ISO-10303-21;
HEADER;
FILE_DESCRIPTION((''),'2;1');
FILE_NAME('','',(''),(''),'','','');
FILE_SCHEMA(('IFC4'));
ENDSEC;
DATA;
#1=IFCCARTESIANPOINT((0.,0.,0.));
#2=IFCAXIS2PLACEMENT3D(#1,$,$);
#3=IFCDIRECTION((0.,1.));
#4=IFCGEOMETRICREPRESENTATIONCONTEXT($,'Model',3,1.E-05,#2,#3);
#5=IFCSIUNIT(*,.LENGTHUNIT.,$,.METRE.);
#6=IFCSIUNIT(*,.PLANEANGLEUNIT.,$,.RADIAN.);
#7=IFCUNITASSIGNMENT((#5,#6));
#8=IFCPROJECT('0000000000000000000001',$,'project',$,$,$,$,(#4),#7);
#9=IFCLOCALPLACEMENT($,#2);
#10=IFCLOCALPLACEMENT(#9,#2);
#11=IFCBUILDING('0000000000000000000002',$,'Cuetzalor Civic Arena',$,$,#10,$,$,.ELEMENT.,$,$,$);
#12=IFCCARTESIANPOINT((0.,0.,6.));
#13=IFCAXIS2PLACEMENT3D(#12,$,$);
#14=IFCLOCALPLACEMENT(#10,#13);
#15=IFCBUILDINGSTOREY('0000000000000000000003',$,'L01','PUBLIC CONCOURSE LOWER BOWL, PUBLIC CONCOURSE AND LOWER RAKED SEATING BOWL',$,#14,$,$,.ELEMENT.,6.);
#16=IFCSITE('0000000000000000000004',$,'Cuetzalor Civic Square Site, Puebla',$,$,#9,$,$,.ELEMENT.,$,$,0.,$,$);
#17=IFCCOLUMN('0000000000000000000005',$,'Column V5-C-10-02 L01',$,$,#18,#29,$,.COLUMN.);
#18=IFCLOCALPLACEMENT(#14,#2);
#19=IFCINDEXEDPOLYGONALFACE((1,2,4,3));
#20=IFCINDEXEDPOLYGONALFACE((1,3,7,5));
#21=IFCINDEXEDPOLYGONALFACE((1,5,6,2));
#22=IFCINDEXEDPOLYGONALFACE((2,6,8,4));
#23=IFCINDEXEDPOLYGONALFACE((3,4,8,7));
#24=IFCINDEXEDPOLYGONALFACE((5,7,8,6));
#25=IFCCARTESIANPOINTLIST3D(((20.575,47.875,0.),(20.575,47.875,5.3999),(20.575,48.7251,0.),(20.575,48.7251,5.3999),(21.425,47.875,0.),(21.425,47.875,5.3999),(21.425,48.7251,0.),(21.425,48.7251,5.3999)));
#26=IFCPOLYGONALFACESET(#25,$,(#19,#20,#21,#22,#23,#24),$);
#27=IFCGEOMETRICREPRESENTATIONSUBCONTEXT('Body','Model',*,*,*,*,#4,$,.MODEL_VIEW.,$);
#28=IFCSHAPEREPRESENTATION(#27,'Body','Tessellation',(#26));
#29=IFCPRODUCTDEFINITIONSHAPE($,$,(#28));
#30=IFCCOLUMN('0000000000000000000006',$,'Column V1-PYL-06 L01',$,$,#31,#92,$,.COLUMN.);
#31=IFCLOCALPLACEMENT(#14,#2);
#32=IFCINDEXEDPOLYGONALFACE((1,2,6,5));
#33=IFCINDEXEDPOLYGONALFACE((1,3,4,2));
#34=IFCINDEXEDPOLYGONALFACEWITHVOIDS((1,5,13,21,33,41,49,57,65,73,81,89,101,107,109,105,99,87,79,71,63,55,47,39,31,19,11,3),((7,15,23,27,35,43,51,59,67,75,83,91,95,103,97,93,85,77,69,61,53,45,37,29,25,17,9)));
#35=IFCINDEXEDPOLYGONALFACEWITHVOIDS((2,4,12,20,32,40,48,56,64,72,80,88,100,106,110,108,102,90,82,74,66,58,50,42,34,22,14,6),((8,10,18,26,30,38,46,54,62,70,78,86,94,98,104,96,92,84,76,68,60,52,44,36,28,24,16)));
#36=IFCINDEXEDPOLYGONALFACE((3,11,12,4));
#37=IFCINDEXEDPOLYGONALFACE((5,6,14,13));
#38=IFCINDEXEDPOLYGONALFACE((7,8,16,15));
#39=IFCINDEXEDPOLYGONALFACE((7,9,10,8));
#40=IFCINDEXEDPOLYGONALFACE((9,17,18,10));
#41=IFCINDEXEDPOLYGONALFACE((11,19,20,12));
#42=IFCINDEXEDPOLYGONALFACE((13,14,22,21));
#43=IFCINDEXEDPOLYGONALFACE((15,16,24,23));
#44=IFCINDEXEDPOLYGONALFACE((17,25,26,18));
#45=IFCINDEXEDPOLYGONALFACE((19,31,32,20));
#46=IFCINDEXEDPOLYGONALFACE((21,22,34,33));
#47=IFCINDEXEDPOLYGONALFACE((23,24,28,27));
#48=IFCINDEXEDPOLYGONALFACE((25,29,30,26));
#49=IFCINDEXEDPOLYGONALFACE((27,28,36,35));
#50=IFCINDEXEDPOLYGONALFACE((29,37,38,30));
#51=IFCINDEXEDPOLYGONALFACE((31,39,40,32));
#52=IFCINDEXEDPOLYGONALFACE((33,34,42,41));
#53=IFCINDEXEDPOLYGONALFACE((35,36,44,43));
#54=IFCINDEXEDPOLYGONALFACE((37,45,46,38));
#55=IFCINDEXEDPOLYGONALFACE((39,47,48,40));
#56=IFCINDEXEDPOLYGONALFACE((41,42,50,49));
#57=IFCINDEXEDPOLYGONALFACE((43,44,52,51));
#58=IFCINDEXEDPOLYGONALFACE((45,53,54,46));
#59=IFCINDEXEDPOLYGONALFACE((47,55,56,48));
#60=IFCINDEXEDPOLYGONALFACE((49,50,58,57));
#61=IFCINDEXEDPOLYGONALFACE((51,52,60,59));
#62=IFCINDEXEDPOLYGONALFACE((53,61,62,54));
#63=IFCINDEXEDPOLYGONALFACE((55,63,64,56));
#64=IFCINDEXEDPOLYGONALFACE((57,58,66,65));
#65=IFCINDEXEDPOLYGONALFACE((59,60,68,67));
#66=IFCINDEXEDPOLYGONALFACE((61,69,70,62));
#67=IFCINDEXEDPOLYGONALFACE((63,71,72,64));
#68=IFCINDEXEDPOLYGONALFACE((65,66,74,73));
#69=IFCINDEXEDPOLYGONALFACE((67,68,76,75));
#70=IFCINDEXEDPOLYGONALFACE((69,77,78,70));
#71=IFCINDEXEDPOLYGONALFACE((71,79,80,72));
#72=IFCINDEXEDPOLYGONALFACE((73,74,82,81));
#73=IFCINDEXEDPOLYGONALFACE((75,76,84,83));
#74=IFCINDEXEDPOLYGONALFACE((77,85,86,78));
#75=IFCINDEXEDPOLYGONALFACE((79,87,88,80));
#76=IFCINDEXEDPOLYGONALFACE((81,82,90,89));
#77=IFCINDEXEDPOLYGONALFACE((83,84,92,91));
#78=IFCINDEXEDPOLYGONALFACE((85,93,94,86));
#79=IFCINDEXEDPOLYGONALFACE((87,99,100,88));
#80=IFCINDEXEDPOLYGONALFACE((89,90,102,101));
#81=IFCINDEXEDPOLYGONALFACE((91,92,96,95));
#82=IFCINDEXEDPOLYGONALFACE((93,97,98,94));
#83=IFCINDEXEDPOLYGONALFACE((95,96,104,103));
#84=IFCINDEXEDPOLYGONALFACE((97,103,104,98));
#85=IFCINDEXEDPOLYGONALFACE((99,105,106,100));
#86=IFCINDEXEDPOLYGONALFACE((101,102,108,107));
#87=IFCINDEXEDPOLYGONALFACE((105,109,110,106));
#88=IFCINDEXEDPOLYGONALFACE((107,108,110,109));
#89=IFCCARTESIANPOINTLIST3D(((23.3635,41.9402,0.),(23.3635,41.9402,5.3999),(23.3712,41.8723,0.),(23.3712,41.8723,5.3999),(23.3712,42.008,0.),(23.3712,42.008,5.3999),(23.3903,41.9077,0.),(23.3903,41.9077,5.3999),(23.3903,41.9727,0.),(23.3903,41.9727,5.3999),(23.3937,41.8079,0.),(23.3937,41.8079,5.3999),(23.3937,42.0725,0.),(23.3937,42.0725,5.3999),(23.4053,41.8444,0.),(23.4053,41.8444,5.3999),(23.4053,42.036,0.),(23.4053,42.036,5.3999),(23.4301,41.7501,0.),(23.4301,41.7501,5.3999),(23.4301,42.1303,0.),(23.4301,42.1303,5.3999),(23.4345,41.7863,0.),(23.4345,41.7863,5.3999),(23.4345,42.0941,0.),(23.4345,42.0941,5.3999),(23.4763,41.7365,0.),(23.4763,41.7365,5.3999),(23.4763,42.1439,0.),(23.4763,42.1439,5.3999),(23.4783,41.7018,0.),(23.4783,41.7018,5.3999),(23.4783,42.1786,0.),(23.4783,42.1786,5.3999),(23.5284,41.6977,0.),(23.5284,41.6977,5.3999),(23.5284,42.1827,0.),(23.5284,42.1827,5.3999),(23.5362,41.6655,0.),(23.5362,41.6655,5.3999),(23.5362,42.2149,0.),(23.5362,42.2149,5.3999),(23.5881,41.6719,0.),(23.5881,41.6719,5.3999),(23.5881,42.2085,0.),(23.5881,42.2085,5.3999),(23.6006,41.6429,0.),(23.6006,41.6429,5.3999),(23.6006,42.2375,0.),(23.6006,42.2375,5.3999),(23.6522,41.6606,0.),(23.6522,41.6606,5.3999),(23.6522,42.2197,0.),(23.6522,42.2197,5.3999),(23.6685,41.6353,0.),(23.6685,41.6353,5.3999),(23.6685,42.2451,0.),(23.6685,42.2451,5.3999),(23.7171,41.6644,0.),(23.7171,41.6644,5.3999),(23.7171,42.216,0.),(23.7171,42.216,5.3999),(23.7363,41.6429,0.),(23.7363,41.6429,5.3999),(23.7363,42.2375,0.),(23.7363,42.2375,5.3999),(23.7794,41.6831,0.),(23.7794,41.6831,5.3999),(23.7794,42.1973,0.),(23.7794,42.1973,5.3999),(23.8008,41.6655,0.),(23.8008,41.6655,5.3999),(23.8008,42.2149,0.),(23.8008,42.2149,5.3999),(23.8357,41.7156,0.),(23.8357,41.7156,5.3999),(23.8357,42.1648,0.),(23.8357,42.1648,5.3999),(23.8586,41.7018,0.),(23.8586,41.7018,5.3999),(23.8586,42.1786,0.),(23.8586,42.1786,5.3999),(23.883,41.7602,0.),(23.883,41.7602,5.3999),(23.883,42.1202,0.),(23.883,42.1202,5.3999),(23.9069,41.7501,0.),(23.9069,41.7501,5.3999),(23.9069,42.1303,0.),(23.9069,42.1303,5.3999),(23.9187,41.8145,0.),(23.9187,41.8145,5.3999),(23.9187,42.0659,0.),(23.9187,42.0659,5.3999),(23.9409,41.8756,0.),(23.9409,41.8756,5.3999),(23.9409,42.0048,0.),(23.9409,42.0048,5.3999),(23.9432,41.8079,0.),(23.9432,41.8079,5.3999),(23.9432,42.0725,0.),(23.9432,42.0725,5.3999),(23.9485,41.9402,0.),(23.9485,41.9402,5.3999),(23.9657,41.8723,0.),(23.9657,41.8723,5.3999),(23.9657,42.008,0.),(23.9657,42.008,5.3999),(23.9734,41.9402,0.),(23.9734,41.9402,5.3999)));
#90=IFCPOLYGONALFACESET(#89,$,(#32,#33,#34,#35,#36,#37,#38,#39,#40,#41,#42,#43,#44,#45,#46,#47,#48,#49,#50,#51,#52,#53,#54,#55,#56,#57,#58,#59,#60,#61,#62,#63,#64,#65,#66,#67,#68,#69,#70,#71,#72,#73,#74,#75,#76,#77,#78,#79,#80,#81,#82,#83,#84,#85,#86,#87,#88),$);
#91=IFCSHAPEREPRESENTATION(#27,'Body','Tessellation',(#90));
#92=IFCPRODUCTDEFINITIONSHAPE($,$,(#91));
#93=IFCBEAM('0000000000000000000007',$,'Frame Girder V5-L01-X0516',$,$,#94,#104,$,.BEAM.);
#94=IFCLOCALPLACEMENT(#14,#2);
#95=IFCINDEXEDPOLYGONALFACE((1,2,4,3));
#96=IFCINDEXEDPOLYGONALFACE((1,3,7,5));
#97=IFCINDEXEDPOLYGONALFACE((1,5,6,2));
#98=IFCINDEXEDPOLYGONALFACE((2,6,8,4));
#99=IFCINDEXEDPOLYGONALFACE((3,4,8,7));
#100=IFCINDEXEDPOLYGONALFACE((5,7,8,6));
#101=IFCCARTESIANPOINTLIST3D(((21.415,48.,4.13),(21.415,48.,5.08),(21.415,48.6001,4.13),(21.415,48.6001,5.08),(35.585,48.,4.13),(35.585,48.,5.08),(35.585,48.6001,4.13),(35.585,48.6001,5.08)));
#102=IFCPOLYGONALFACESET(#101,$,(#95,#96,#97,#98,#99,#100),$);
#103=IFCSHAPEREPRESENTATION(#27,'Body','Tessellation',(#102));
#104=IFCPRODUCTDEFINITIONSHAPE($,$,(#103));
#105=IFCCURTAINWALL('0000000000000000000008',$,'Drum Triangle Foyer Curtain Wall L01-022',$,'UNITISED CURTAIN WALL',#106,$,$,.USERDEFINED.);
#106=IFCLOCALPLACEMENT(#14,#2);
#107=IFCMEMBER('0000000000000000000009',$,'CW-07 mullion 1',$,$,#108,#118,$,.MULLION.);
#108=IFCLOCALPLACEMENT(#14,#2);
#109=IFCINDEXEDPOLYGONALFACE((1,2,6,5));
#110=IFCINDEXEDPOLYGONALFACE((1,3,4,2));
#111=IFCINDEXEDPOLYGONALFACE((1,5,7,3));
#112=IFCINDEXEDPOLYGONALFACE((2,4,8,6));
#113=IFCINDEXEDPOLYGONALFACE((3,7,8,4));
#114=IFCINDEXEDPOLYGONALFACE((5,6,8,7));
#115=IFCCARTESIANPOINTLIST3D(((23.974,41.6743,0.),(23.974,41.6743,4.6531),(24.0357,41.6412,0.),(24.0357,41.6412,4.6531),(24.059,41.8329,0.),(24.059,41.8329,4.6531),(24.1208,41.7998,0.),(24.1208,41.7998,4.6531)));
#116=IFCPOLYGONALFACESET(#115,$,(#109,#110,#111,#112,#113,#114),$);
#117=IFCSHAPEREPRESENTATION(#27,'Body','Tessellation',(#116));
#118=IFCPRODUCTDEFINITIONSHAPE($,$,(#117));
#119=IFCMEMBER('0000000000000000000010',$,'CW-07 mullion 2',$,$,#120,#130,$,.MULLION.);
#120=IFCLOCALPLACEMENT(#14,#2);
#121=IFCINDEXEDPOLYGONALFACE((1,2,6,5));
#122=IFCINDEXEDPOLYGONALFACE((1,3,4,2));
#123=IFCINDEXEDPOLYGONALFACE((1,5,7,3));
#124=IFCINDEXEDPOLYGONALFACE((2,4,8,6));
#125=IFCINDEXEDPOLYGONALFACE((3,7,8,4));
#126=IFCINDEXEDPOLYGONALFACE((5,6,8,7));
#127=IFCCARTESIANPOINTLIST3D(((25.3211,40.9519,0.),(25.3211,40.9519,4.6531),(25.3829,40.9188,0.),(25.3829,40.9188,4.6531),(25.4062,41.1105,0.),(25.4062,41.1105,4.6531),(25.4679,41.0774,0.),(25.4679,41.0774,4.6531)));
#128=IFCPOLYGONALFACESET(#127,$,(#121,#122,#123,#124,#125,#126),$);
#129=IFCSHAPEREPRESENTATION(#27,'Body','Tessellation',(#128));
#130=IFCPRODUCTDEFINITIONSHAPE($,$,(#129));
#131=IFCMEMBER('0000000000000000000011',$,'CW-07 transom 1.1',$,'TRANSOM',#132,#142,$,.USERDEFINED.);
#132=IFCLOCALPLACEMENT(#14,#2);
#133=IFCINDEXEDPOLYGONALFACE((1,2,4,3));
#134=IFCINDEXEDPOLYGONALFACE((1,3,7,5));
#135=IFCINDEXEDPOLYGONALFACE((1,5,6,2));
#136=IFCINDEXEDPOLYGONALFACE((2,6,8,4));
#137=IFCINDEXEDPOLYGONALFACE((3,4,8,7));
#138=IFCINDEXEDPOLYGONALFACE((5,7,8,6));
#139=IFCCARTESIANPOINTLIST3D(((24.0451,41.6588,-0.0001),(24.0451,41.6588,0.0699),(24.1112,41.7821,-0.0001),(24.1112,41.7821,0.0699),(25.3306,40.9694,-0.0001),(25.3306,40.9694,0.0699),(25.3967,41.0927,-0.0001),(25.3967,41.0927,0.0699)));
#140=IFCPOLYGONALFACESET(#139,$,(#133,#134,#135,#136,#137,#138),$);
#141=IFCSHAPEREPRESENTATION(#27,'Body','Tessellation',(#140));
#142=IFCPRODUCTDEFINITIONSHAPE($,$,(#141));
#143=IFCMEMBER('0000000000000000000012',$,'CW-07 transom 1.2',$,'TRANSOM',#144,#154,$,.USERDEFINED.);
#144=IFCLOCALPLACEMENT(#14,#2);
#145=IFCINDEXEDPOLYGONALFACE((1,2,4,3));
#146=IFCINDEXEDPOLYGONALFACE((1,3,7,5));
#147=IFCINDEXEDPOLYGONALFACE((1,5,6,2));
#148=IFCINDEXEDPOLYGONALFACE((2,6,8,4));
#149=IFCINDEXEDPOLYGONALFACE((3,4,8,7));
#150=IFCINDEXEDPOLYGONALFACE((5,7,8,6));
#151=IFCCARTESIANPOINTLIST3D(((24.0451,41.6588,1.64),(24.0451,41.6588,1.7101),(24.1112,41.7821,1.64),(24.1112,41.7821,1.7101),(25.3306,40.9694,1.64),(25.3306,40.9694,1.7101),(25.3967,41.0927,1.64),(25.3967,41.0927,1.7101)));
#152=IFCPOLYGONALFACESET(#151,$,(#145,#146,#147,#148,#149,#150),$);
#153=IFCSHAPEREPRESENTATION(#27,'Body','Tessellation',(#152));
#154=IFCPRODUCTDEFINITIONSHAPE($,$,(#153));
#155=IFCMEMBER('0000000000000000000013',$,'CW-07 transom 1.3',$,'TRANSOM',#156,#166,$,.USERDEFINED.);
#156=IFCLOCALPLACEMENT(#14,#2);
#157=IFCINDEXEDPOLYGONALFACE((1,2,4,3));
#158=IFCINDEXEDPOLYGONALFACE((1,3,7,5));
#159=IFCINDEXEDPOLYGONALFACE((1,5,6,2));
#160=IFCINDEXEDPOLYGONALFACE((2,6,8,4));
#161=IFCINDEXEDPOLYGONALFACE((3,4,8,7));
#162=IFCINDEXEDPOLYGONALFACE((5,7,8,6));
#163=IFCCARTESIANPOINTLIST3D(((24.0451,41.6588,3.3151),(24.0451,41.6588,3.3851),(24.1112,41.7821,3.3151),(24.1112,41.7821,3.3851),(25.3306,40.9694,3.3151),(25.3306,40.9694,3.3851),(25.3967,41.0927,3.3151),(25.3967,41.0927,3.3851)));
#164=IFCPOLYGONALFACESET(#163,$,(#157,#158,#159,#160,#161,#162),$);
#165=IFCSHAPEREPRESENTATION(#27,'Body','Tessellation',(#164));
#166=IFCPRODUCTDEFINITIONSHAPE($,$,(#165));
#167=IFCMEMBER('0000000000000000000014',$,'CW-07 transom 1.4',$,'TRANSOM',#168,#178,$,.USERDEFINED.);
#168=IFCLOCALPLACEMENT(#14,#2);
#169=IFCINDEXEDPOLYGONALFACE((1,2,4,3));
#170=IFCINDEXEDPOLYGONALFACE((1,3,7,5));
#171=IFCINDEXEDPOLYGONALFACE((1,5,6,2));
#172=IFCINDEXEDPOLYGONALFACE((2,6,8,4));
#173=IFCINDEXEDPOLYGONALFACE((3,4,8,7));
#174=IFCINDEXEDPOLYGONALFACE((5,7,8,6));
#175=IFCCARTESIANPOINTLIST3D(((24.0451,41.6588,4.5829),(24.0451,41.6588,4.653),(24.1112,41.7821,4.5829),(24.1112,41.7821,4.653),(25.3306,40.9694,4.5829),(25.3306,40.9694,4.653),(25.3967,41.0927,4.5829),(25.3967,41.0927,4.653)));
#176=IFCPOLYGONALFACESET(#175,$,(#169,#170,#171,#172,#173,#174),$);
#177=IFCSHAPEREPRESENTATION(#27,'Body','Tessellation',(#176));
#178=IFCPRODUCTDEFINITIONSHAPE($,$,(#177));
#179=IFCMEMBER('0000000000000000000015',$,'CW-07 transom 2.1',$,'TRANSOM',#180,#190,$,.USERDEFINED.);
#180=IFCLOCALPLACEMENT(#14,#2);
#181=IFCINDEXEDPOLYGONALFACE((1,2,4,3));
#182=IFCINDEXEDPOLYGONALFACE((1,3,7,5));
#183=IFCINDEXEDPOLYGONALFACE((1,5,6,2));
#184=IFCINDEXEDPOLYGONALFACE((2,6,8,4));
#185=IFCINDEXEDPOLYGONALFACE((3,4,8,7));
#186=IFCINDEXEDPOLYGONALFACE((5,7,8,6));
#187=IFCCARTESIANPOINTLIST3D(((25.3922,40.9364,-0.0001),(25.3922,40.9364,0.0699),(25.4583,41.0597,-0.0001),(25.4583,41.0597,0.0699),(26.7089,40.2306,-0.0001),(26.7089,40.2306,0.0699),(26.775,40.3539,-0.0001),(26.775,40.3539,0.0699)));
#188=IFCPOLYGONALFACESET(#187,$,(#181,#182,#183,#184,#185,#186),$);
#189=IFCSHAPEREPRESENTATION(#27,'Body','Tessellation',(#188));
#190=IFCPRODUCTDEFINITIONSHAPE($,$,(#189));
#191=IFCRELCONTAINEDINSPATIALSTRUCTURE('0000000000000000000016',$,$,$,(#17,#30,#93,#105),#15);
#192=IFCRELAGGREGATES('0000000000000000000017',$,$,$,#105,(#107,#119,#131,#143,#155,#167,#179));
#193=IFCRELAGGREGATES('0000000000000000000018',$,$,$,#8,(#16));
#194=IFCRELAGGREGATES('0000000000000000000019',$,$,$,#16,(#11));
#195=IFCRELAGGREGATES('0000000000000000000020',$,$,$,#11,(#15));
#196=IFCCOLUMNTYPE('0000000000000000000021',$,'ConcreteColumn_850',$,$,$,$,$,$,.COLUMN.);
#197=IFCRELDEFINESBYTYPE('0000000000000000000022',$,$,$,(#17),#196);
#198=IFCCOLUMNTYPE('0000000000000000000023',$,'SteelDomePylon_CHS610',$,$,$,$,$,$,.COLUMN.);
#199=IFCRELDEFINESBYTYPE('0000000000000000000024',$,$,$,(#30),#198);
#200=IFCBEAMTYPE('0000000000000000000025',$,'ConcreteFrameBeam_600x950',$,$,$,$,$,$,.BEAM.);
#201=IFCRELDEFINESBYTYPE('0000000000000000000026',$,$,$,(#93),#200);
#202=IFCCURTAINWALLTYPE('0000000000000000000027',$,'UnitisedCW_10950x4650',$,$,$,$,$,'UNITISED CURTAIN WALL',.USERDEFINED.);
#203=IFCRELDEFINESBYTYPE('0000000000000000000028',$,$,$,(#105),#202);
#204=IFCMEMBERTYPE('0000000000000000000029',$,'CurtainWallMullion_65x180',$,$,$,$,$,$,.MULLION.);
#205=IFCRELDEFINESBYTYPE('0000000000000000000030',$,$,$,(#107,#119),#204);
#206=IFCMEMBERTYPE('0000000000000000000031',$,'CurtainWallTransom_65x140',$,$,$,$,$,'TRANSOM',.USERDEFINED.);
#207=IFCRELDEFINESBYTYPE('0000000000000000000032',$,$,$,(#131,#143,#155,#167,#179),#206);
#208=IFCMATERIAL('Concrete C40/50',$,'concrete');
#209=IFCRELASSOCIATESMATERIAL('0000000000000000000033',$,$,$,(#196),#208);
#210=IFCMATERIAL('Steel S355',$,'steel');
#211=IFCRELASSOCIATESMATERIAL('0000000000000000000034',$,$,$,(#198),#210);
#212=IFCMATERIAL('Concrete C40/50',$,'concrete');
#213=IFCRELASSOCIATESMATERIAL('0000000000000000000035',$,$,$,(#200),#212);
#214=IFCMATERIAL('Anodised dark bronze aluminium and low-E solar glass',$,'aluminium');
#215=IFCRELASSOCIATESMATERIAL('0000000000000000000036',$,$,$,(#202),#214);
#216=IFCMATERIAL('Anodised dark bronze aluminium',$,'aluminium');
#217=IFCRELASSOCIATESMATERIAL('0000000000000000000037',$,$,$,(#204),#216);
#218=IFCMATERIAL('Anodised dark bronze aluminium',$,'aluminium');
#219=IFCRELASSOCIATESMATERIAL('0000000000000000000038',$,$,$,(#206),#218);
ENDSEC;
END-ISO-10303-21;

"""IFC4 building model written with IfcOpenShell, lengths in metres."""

from ifc_helpers import new_model, si_unit, direction, frame, origin, origin_2d, place, context, subcontext, project, spatial, rectangle, hollow_circle, extrude, material, material_profile, profile_set, type_object, element, aggregate, save


model = new_model("IFC4")

# Units and contexts
model_context = context("Model", 3, precision=1e-05, world=origin(), true_north=direction((0.0, 1.0)))
body_context = subcontext(model_context, "Body", "Model", "MODEL_VIEW")
ifc_project = project(units=[si_unit("LENGTHUNIT", "METRE"), si_unit("PLANEANGLEUNIT", "RADIAN")], contexts=[model_context])

# Site, building, storey
site_placement = place(None, origin())
site = spatial("IfcSite", under=ifc_project, at=site_placement, Name="Cuetzalor Civic Square Site, Puebla", CompositionType="ELEMENT", RefElevation=0.0)
building_placement = place(site_placement, origin())
building = spatial("IfcBuilding", under=site, at=building_placement, Name="Cuetzalor Civic Arena", CompositionType="ELEMENT")
storey_placement = place(building_placement, frame((0.0, 0.0, 6.0)))
storey = spatial("IfcBuildingStorey", under=building, at=storey_placement, Name="L01", Description="PUBLIC CONCOURSE LOWER BOWL, PUBLIC CONCOURSE AND LOWER RAKED SEATING BOWL", CompositionType="ELEMENT", Elevation=6.0)

# Columns
ifc_material_1 = material(Name="Concrete C40/50", Category="concrete")
ifc_material_profile_1 = material_profile(ifc_material_1, rectangle(XDim=0.8501, YDim=0.8501, at=origin_2d()), Name="RC 850x850")
ifc_profile_set_1 = profile_set([ifc_material_profile_1], Name="Concrete C40/50")
column_type_1 = type_object("IfcColumnType", Name="ConcreteColumn_850", PredefinedType="COLUMN", material=ifc_profile_set_1)
column_1_placement = place(storey_placement, frame((21.0, 48.3, 0.0), z_axis=(0.0, 0.0, 1.0), x_axis=(1.0, 0.0, 0.0)))
element("IfcColumn", 1, at=column_1_placement, inside=storey, type_object=column_type_1, Name="Column V5-C-10-02 L01", PredefinedType="COLUMN", context=body_context, shape_type="SweptSolid", body=[
    extrude(rectangle(XDim=0.8501, YDim=0.8501, at=origin_2d()), origin(), (0.0, 0.0, 1.0), 5.3999),
])
ifc_material_2 = material(Name="Steel S355", Category="steel")
ifc_material_profile_2 = material_profile(ifc_material_2, hollow_circle(Radius=0.3049, WallThickness=0.0249, at=origin_2d()), Name="CHS 610x25")
ifc_profile_set_2 = profile_set([ifc_material_profile_2], Name="Steel S355")
column_type_2 = type_object("IfcColumnType", Name="SteelDomePylon_CHS610", PredefinedType="COLUMN", material=ifc_profile_set_2)
column_2_placement = place(storey_placement, frame((23.6685, 41.9402, 0.0), z_axis=(0.0, 0.0, 1.0), x_axis=(1.0, 0.0, 0.0)))
element("IfcColumn", 2, at=column_2_placement, inside=storey, type_object=column_type_2, Name="Column V1-PYL-06 L01", PredefinedType="COLUMN", context=body_context, shape_type="SweptSolid", body=[
    extrude(hollow_circle(Radius=0.3049, WallThickness=0.0249, at=origin_2d()), origin(), (0.0, 0.0, 1.0), 5.3999),
])

# Beam
ifc_material_3 = material(Name="Concrete C40/50", Category="concrete")
ifc_material_profile_3 = material_profile(ifc_material_3, rectangle(XDim=0.6001, YDim=0.95, at=origin_2d()), Name="RC 600x950")
ifc_profile_set_3 = profile_set([ifc_material_profile_3], Name="Concrete C40/50")
beam_type_1 = type_object("IfcBeamType", Name="ConcreteFrameBeam_600x950", PredefinedType="BEAM", material=ifc_profile_set_3)
beam_1_placement = place(storey_placement, frame((21.415, 48.3, 4.605), z_axis=(1.0, 0.0, 0.0), x_axis=(0.0, 1.0, 0.0)))
element("IfcBeam", 3, at=beam_1_placement, inside=storey, type_object=beam_type_1, Name="Frame Girder V5-L01-X0516", PredefinedType="BEAM", context=body_context, shape_type="SweptSolid", body=[
    extrude(rectangle(XDim=0.6001, YDim=0.95, at=origin_2d()), origin(), (0.0, 0.0, 1.0), 14.1699),
])

# Curtain wall, members
ifc_material_4 = material(Name="Anodised dark bronze aluminium and low-E solar glass", Category="aluminium")
curtain_wall_type = type_object("IfcCurtainWallType", Name="UnitisedCW_10950x4650", ElementType="UNITISED CURTAIN WALL", PredefinedType="USERDEFINED", material=ifc_material_4)
curtain_wall_placement = place(storey_placement, origin())
curtain_wall = element("IfcCurtainWall", 4, at=curtain_wall_placement, inside=storey, type_object=curtain_wall_type, Name="Drum Triangle Foyer Curtain Wall L01-022", ObjectType="UNITISED CURTAIN WALL", PredefinedType="USERDEFINED")
ifc_material_5 = material(Name="Anodised dark bronze aluminium", Category="aluminium")
ifc_material_profile_4 = material_profile(ifc_material_5, rectangle(XDim=0.0701, YDim=0.1799, at=origin_2d()), Name="ALU MULLION 70x180")
ifc_profile_set_4 = profile_set([ifc_material_profile_4], Name="Anodised dark bronze aluminium")
member_type_1 = type_object("IfcMemberType", Name="CurtainWallMullion_65x180", PredefinedType="MULLION", material=ifc_profile_set_4)
member_1_placement = place(storey_placement, frame((24.0474, 41.7371, 0.0), z_axis=(0.0, 0.0, 1.0), x_axis=(0.881306, -0.472545, 0.0)))
member_1 = element("IfcMember", 5, at=member_1_placement, type_object=member_type_1, Name="CW-07 mullion 1", PredefinedType="MULLION", context=body_context, shape_type="SweptSolid", body=[
    extrude(rectangle(XDim=0.0701, YDim=0.1799, at=origin_2d()), origin(), (0.0, 0.0, 1.0), 4.6531),
])
member_2_placement = place(storey_placement, frame((25.3945, 41.0146, 0.0), z_axis=(0.0, 0.0, 1.0), x_axis=(0.881306, -0.472545, 0.0)))
member_2 = element("IfcMember", 6, at=member_2_placement, type_object=member_type_1, Name="CW-07 mullion 2", PredefinedType="MULLION", context=body_context, shape_type="SweptSolid", body=[
    extrude(rectangle(XDim=0.0701, YDim=0.1799, at=origin_2d()), origin(), (0.0, 0.0, 1.0), 4.6531),
])
ifc_material_6 = material(Name="Anodised dark bronze aluminium", Category="aluminium")
ifc_material_profile_5 = material_profile(ifc_material_6, rectangle(XDim=0.1399, YDim=0.0701, at=origin_2d()), Name="ALU TRANSOM 70x140")
ifc_profile_set_5 = profile_set([ifc_material_profile_5], Name="Anodised dark bronze aluminium")
member_type_2 = type_object("IfcMemberType", Name="CurtainWallTransom_65x140", ElementType="TRANSOM", PredefinedType="USERDEFINED", material=ifc_profile_set_5)
member_3_placement = place(storey_placement, frame((24.0781, 41.7205, 0.0349), z_axis=(0.881276, -0.472602, 0.0), x_axis=(0.472602, 0.881276, 0.0)))
member_3 = element("IfcMember", 7, at=member_3_placement, type_object=member_type_2, Name="CW-07 transom 1.1", ObjectType="TRANSOM", PredefinedType="USERDEFINED", context=body_context, shape_type="SweptSolid", body=[
    extrude(rectangle(XDim=0.1399, YDim=0.0701, at=origin_2d()), origin(), (0.0, 0.0, 1.0), 1.4587),
])
member_4_placement = place(storey_placement, frame((24.0781, 41.7205, 1.675), z_axis=(0.881276, -0.472602, 0.0), x_axis=(0.472602, 0.881276, 0.0)))
member_4 = element("IfcMember", 8, at=member_4_placement, type_object=member_type_2, Name="CW-07 transom 1.2", ObjectType="TRANSOM", PredefinedType="USERDEFINED", context=body_context, shape_type="SweptSolid", body=[
    extrude(rectangle(XDim=0.1399, YDim=0.0701, at=origin_2d()), origin(), (0.0, 0.0, 1.0), 1.4587),
])
member_5_placement = place(storey_placement, frame((24.0781, 41.7205, 3.3501), z_axis=(0.881276, -0.472602, 0.0), x_axis=(0.472602, 0.881276, 0.0)))
member_5 = element("IfcMember", 9, at=member_5_placement, type_object=member_type_2, Name="CW-07 transom 1.3", ObjectType="TRANSOM", PredefinedType="USERDEFINED", context=body_context, shape_type="SweptSolid", body=[
    extrude(rectangle(XDim=0.1399, YDim=0.0701, at=origin_2d()), origin(), (0.0, 0.0, 1.0), 1.4587),
])
member_6_placement = place(storey_placement, frame((24.0781, 41.7205, 4.6179), z_axis=(0.881276, -0.472602, 0.0), x_axis=(0.472602, 0.881276, 0.0)))
member_6 = element("IfcMember", 10, at=member_6_placement, type_object=member_type_2, Name="CW-07 transom 1.4", ObjectType="TRANSOM", PredefinedType="USERDEFINED", context=body_context, shape_type="SweptSolid", body=[
    extrude(rectangle(XDim=0.1399, YDim=0.0701, at=origin_2d()), origin(), (0.0, 0.0, 1.0), 1.4587),
])
member_7_placement = place(storey_placement, frame((25.4253, 40.998, 0.0349), z_axis=(0.881351, -0.472462, 0.0), x_axis=(0.472462, 0.881351, 0.0)))
member_7 = element("IfcMember", 11, at=member_7_placement, type_object=member_type_2, Name="CW-07 transom 2.1", ObjectType="TRANSOM", PredefinedType="USERDEFINED", context=body_context, shape_type="SweptSolid", body=[
    extrude(rectangle(XDim=0.1399, YDim=0.0701, at=origin_2d()), origin(), (0.0, 0.0, 1.0), 1.4939),
])

aggregate(curtain_wall, [member_1, member_2, member_3, member_4, member_5, member_6, member_7])

save(model, "model.ifc")
